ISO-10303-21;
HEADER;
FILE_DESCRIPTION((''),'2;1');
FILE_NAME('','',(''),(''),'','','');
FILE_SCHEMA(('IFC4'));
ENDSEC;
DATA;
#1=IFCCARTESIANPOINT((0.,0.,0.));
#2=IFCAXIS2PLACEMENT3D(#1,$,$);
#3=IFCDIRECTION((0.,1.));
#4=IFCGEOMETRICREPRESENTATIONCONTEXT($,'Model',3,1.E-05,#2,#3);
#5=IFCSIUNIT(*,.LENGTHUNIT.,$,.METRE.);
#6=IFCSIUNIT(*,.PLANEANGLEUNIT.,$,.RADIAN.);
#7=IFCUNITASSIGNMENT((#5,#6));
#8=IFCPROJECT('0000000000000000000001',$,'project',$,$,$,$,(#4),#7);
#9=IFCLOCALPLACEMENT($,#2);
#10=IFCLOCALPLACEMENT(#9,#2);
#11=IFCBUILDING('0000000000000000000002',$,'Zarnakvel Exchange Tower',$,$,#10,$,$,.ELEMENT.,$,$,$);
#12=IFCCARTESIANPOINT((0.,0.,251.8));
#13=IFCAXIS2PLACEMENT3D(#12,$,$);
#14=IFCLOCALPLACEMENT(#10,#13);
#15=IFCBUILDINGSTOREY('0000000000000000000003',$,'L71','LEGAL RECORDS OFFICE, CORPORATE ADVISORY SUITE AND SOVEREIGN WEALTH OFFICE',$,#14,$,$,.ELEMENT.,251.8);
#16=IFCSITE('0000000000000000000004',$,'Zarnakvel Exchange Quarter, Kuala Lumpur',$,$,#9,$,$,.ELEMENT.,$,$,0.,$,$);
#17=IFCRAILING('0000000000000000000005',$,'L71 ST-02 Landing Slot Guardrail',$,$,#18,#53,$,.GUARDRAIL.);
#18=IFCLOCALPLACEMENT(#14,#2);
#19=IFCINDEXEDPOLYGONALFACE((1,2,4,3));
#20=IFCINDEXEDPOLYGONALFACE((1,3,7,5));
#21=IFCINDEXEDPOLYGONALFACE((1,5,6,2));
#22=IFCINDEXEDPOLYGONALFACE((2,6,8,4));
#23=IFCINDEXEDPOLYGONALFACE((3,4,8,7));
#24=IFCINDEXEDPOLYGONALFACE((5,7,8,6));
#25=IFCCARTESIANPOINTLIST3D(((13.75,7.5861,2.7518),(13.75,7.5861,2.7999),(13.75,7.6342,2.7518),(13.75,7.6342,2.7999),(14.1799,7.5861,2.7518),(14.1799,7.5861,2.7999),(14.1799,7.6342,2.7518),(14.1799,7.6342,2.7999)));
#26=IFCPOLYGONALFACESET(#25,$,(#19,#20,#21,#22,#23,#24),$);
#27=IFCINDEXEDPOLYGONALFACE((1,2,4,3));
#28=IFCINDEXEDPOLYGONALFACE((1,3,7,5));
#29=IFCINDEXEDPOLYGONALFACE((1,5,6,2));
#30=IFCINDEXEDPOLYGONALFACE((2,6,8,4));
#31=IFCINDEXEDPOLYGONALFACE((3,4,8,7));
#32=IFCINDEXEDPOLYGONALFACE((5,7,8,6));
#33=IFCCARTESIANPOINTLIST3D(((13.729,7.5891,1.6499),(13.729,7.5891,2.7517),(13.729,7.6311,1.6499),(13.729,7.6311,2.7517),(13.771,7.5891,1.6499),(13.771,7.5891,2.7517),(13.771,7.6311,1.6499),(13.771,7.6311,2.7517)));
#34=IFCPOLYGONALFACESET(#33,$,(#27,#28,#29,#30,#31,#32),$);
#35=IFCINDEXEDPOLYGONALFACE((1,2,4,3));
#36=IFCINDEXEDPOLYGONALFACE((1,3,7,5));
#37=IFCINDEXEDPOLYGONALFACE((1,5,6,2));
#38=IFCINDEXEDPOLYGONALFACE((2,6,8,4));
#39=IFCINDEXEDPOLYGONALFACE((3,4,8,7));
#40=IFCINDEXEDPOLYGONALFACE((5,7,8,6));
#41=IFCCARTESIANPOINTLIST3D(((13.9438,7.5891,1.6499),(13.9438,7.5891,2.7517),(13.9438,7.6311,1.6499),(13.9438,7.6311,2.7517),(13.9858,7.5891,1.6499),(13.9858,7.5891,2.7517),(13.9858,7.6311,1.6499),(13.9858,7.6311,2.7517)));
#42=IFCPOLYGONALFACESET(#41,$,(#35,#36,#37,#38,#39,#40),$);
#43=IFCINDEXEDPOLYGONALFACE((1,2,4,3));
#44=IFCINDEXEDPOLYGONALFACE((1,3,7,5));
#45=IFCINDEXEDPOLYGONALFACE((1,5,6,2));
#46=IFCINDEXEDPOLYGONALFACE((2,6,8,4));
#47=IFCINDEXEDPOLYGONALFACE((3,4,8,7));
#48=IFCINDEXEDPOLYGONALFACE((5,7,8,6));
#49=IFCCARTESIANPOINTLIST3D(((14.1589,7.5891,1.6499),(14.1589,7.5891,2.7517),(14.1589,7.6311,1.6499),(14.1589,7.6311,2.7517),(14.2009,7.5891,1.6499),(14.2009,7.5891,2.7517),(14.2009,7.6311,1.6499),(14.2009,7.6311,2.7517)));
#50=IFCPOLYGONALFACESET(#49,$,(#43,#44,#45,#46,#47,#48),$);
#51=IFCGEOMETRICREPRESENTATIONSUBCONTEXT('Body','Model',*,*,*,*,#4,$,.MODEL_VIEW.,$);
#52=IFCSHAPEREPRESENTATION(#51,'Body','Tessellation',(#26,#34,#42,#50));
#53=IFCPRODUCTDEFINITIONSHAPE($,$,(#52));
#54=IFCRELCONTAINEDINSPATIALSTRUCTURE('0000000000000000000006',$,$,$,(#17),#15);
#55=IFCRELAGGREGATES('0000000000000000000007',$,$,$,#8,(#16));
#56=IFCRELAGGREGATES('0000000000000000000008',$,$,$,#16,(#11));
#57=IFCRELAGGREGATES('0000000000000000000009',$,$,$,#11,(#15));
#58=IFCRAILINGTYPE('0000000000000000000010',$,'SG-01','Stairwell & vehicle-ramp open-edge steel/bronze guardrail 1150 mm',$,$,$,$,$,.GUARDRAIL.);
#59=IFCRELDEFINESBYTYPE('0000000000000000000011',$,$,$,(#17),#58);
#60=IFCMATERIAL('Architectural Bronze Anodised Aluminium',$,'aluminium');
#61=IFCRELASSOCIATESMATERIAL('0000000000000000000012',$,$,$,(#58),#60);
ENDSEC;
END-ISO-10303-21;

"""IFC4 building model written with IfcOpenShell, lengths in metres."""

from ifc_helpers import new_model, si_unit, direction, frame, origin, origin_2d, place, context, subcontext, project, spatial, rectangle, extrude, material, type_object, element, save


model = new_model("IFC4")

# Units and contexts
model_context = context("Model", 3, precision=1e-05, world=origin(), true_north=direction((0.0, 1.0)))
body_context = subcontext(model_context, "Body", "Model", "MODEL_VIEW")
ifc_project = project(units=[si_unit("LENGTHUNIT", "METRE"), si_unit("PLANEANGLEUNIT", "RADIAN")], contexts=[model_context])

# Site, building, storey
site_placement = place(None, origin())
site = spatial("IfcSite", under=ifc_project, at=site_placement, Name="Zarnakvel Exchange Quarter, Kuala Lumpur", CompositionType="ELEMENT", RefElevation=0.0)
building_placement = place(site_placement, origin())
building = spatial("IfcBuilding", under=site, at=building_placement, Name="Zarnakvel Exchange Tower", CompositionType="ELEMENT")
storey_placement = place(building_placement, frame((0.0, 0.0, 251.8)))
storey = spatial("IfcBuildingStorey", under=building, at=storey_placement, Name="L71", Description="LEGAL RECORDS OFFICE, CORPORATE ADVISORY SUITE AND SOVEREIGN WEALTH OFFICE", CompositionType="ELEMENT", Elevation=251.8)

# Shared definitions
ifc_material_1 = material(Name="Architectural Bronze Anodised Aluminium", Category="aluminium")

# Railing
railing_type_1 = type_object("IfcRailingType", Name="SG-01", Description="Stairwell & vehicle-ramp open-edge steel/bronze guardrail 1150 mm", PredefinedType="GUARDRAIL", material=ifc_material_1)
railing_1_placement = place(storey_placement, frame((13.75, 7.6101, 1.6499)))
element("IfcRailing", 1, at=railing_1_placement, inside=storey, type_object=railing_type_1, Name="L71 ST-02 Landing Slot Guardrail", PredefinedType="GUARDRAIL", context=body_context, shape_type="SweptSolid", body=[
    extrude(rectangle(XDim=0.0481, YDim=0.0481, at=origin_2d()), frame((0.0, 0.0, 1.126), z_axis=(1.0, 0.0, 0.0), x_axis=(0.0, 1.0, 0.0)), (0.0, 0.0, 1.0), 0.4299),
    extrude(rectangle(XDim=0.042, YDim=0.042, at=origin_2d()), origin(), (0.0, 0.0, 1.0), 1.1018),
    extrude(rectangle(XDim=0.042, YDim=0.042, at=origin_2d()), frame((0.2148, 0.0, 0.0)), (0.0, 0.0, 1.0), 1.1018),
    extrude(rectangle(XDim=0.042, YDim=0.042, at=origin_2d()), frame((0.4299, 0.0, 0.0)), (0.0, 0.0, 1.0), 1.1018),
])

save(model, "model.ifc")
